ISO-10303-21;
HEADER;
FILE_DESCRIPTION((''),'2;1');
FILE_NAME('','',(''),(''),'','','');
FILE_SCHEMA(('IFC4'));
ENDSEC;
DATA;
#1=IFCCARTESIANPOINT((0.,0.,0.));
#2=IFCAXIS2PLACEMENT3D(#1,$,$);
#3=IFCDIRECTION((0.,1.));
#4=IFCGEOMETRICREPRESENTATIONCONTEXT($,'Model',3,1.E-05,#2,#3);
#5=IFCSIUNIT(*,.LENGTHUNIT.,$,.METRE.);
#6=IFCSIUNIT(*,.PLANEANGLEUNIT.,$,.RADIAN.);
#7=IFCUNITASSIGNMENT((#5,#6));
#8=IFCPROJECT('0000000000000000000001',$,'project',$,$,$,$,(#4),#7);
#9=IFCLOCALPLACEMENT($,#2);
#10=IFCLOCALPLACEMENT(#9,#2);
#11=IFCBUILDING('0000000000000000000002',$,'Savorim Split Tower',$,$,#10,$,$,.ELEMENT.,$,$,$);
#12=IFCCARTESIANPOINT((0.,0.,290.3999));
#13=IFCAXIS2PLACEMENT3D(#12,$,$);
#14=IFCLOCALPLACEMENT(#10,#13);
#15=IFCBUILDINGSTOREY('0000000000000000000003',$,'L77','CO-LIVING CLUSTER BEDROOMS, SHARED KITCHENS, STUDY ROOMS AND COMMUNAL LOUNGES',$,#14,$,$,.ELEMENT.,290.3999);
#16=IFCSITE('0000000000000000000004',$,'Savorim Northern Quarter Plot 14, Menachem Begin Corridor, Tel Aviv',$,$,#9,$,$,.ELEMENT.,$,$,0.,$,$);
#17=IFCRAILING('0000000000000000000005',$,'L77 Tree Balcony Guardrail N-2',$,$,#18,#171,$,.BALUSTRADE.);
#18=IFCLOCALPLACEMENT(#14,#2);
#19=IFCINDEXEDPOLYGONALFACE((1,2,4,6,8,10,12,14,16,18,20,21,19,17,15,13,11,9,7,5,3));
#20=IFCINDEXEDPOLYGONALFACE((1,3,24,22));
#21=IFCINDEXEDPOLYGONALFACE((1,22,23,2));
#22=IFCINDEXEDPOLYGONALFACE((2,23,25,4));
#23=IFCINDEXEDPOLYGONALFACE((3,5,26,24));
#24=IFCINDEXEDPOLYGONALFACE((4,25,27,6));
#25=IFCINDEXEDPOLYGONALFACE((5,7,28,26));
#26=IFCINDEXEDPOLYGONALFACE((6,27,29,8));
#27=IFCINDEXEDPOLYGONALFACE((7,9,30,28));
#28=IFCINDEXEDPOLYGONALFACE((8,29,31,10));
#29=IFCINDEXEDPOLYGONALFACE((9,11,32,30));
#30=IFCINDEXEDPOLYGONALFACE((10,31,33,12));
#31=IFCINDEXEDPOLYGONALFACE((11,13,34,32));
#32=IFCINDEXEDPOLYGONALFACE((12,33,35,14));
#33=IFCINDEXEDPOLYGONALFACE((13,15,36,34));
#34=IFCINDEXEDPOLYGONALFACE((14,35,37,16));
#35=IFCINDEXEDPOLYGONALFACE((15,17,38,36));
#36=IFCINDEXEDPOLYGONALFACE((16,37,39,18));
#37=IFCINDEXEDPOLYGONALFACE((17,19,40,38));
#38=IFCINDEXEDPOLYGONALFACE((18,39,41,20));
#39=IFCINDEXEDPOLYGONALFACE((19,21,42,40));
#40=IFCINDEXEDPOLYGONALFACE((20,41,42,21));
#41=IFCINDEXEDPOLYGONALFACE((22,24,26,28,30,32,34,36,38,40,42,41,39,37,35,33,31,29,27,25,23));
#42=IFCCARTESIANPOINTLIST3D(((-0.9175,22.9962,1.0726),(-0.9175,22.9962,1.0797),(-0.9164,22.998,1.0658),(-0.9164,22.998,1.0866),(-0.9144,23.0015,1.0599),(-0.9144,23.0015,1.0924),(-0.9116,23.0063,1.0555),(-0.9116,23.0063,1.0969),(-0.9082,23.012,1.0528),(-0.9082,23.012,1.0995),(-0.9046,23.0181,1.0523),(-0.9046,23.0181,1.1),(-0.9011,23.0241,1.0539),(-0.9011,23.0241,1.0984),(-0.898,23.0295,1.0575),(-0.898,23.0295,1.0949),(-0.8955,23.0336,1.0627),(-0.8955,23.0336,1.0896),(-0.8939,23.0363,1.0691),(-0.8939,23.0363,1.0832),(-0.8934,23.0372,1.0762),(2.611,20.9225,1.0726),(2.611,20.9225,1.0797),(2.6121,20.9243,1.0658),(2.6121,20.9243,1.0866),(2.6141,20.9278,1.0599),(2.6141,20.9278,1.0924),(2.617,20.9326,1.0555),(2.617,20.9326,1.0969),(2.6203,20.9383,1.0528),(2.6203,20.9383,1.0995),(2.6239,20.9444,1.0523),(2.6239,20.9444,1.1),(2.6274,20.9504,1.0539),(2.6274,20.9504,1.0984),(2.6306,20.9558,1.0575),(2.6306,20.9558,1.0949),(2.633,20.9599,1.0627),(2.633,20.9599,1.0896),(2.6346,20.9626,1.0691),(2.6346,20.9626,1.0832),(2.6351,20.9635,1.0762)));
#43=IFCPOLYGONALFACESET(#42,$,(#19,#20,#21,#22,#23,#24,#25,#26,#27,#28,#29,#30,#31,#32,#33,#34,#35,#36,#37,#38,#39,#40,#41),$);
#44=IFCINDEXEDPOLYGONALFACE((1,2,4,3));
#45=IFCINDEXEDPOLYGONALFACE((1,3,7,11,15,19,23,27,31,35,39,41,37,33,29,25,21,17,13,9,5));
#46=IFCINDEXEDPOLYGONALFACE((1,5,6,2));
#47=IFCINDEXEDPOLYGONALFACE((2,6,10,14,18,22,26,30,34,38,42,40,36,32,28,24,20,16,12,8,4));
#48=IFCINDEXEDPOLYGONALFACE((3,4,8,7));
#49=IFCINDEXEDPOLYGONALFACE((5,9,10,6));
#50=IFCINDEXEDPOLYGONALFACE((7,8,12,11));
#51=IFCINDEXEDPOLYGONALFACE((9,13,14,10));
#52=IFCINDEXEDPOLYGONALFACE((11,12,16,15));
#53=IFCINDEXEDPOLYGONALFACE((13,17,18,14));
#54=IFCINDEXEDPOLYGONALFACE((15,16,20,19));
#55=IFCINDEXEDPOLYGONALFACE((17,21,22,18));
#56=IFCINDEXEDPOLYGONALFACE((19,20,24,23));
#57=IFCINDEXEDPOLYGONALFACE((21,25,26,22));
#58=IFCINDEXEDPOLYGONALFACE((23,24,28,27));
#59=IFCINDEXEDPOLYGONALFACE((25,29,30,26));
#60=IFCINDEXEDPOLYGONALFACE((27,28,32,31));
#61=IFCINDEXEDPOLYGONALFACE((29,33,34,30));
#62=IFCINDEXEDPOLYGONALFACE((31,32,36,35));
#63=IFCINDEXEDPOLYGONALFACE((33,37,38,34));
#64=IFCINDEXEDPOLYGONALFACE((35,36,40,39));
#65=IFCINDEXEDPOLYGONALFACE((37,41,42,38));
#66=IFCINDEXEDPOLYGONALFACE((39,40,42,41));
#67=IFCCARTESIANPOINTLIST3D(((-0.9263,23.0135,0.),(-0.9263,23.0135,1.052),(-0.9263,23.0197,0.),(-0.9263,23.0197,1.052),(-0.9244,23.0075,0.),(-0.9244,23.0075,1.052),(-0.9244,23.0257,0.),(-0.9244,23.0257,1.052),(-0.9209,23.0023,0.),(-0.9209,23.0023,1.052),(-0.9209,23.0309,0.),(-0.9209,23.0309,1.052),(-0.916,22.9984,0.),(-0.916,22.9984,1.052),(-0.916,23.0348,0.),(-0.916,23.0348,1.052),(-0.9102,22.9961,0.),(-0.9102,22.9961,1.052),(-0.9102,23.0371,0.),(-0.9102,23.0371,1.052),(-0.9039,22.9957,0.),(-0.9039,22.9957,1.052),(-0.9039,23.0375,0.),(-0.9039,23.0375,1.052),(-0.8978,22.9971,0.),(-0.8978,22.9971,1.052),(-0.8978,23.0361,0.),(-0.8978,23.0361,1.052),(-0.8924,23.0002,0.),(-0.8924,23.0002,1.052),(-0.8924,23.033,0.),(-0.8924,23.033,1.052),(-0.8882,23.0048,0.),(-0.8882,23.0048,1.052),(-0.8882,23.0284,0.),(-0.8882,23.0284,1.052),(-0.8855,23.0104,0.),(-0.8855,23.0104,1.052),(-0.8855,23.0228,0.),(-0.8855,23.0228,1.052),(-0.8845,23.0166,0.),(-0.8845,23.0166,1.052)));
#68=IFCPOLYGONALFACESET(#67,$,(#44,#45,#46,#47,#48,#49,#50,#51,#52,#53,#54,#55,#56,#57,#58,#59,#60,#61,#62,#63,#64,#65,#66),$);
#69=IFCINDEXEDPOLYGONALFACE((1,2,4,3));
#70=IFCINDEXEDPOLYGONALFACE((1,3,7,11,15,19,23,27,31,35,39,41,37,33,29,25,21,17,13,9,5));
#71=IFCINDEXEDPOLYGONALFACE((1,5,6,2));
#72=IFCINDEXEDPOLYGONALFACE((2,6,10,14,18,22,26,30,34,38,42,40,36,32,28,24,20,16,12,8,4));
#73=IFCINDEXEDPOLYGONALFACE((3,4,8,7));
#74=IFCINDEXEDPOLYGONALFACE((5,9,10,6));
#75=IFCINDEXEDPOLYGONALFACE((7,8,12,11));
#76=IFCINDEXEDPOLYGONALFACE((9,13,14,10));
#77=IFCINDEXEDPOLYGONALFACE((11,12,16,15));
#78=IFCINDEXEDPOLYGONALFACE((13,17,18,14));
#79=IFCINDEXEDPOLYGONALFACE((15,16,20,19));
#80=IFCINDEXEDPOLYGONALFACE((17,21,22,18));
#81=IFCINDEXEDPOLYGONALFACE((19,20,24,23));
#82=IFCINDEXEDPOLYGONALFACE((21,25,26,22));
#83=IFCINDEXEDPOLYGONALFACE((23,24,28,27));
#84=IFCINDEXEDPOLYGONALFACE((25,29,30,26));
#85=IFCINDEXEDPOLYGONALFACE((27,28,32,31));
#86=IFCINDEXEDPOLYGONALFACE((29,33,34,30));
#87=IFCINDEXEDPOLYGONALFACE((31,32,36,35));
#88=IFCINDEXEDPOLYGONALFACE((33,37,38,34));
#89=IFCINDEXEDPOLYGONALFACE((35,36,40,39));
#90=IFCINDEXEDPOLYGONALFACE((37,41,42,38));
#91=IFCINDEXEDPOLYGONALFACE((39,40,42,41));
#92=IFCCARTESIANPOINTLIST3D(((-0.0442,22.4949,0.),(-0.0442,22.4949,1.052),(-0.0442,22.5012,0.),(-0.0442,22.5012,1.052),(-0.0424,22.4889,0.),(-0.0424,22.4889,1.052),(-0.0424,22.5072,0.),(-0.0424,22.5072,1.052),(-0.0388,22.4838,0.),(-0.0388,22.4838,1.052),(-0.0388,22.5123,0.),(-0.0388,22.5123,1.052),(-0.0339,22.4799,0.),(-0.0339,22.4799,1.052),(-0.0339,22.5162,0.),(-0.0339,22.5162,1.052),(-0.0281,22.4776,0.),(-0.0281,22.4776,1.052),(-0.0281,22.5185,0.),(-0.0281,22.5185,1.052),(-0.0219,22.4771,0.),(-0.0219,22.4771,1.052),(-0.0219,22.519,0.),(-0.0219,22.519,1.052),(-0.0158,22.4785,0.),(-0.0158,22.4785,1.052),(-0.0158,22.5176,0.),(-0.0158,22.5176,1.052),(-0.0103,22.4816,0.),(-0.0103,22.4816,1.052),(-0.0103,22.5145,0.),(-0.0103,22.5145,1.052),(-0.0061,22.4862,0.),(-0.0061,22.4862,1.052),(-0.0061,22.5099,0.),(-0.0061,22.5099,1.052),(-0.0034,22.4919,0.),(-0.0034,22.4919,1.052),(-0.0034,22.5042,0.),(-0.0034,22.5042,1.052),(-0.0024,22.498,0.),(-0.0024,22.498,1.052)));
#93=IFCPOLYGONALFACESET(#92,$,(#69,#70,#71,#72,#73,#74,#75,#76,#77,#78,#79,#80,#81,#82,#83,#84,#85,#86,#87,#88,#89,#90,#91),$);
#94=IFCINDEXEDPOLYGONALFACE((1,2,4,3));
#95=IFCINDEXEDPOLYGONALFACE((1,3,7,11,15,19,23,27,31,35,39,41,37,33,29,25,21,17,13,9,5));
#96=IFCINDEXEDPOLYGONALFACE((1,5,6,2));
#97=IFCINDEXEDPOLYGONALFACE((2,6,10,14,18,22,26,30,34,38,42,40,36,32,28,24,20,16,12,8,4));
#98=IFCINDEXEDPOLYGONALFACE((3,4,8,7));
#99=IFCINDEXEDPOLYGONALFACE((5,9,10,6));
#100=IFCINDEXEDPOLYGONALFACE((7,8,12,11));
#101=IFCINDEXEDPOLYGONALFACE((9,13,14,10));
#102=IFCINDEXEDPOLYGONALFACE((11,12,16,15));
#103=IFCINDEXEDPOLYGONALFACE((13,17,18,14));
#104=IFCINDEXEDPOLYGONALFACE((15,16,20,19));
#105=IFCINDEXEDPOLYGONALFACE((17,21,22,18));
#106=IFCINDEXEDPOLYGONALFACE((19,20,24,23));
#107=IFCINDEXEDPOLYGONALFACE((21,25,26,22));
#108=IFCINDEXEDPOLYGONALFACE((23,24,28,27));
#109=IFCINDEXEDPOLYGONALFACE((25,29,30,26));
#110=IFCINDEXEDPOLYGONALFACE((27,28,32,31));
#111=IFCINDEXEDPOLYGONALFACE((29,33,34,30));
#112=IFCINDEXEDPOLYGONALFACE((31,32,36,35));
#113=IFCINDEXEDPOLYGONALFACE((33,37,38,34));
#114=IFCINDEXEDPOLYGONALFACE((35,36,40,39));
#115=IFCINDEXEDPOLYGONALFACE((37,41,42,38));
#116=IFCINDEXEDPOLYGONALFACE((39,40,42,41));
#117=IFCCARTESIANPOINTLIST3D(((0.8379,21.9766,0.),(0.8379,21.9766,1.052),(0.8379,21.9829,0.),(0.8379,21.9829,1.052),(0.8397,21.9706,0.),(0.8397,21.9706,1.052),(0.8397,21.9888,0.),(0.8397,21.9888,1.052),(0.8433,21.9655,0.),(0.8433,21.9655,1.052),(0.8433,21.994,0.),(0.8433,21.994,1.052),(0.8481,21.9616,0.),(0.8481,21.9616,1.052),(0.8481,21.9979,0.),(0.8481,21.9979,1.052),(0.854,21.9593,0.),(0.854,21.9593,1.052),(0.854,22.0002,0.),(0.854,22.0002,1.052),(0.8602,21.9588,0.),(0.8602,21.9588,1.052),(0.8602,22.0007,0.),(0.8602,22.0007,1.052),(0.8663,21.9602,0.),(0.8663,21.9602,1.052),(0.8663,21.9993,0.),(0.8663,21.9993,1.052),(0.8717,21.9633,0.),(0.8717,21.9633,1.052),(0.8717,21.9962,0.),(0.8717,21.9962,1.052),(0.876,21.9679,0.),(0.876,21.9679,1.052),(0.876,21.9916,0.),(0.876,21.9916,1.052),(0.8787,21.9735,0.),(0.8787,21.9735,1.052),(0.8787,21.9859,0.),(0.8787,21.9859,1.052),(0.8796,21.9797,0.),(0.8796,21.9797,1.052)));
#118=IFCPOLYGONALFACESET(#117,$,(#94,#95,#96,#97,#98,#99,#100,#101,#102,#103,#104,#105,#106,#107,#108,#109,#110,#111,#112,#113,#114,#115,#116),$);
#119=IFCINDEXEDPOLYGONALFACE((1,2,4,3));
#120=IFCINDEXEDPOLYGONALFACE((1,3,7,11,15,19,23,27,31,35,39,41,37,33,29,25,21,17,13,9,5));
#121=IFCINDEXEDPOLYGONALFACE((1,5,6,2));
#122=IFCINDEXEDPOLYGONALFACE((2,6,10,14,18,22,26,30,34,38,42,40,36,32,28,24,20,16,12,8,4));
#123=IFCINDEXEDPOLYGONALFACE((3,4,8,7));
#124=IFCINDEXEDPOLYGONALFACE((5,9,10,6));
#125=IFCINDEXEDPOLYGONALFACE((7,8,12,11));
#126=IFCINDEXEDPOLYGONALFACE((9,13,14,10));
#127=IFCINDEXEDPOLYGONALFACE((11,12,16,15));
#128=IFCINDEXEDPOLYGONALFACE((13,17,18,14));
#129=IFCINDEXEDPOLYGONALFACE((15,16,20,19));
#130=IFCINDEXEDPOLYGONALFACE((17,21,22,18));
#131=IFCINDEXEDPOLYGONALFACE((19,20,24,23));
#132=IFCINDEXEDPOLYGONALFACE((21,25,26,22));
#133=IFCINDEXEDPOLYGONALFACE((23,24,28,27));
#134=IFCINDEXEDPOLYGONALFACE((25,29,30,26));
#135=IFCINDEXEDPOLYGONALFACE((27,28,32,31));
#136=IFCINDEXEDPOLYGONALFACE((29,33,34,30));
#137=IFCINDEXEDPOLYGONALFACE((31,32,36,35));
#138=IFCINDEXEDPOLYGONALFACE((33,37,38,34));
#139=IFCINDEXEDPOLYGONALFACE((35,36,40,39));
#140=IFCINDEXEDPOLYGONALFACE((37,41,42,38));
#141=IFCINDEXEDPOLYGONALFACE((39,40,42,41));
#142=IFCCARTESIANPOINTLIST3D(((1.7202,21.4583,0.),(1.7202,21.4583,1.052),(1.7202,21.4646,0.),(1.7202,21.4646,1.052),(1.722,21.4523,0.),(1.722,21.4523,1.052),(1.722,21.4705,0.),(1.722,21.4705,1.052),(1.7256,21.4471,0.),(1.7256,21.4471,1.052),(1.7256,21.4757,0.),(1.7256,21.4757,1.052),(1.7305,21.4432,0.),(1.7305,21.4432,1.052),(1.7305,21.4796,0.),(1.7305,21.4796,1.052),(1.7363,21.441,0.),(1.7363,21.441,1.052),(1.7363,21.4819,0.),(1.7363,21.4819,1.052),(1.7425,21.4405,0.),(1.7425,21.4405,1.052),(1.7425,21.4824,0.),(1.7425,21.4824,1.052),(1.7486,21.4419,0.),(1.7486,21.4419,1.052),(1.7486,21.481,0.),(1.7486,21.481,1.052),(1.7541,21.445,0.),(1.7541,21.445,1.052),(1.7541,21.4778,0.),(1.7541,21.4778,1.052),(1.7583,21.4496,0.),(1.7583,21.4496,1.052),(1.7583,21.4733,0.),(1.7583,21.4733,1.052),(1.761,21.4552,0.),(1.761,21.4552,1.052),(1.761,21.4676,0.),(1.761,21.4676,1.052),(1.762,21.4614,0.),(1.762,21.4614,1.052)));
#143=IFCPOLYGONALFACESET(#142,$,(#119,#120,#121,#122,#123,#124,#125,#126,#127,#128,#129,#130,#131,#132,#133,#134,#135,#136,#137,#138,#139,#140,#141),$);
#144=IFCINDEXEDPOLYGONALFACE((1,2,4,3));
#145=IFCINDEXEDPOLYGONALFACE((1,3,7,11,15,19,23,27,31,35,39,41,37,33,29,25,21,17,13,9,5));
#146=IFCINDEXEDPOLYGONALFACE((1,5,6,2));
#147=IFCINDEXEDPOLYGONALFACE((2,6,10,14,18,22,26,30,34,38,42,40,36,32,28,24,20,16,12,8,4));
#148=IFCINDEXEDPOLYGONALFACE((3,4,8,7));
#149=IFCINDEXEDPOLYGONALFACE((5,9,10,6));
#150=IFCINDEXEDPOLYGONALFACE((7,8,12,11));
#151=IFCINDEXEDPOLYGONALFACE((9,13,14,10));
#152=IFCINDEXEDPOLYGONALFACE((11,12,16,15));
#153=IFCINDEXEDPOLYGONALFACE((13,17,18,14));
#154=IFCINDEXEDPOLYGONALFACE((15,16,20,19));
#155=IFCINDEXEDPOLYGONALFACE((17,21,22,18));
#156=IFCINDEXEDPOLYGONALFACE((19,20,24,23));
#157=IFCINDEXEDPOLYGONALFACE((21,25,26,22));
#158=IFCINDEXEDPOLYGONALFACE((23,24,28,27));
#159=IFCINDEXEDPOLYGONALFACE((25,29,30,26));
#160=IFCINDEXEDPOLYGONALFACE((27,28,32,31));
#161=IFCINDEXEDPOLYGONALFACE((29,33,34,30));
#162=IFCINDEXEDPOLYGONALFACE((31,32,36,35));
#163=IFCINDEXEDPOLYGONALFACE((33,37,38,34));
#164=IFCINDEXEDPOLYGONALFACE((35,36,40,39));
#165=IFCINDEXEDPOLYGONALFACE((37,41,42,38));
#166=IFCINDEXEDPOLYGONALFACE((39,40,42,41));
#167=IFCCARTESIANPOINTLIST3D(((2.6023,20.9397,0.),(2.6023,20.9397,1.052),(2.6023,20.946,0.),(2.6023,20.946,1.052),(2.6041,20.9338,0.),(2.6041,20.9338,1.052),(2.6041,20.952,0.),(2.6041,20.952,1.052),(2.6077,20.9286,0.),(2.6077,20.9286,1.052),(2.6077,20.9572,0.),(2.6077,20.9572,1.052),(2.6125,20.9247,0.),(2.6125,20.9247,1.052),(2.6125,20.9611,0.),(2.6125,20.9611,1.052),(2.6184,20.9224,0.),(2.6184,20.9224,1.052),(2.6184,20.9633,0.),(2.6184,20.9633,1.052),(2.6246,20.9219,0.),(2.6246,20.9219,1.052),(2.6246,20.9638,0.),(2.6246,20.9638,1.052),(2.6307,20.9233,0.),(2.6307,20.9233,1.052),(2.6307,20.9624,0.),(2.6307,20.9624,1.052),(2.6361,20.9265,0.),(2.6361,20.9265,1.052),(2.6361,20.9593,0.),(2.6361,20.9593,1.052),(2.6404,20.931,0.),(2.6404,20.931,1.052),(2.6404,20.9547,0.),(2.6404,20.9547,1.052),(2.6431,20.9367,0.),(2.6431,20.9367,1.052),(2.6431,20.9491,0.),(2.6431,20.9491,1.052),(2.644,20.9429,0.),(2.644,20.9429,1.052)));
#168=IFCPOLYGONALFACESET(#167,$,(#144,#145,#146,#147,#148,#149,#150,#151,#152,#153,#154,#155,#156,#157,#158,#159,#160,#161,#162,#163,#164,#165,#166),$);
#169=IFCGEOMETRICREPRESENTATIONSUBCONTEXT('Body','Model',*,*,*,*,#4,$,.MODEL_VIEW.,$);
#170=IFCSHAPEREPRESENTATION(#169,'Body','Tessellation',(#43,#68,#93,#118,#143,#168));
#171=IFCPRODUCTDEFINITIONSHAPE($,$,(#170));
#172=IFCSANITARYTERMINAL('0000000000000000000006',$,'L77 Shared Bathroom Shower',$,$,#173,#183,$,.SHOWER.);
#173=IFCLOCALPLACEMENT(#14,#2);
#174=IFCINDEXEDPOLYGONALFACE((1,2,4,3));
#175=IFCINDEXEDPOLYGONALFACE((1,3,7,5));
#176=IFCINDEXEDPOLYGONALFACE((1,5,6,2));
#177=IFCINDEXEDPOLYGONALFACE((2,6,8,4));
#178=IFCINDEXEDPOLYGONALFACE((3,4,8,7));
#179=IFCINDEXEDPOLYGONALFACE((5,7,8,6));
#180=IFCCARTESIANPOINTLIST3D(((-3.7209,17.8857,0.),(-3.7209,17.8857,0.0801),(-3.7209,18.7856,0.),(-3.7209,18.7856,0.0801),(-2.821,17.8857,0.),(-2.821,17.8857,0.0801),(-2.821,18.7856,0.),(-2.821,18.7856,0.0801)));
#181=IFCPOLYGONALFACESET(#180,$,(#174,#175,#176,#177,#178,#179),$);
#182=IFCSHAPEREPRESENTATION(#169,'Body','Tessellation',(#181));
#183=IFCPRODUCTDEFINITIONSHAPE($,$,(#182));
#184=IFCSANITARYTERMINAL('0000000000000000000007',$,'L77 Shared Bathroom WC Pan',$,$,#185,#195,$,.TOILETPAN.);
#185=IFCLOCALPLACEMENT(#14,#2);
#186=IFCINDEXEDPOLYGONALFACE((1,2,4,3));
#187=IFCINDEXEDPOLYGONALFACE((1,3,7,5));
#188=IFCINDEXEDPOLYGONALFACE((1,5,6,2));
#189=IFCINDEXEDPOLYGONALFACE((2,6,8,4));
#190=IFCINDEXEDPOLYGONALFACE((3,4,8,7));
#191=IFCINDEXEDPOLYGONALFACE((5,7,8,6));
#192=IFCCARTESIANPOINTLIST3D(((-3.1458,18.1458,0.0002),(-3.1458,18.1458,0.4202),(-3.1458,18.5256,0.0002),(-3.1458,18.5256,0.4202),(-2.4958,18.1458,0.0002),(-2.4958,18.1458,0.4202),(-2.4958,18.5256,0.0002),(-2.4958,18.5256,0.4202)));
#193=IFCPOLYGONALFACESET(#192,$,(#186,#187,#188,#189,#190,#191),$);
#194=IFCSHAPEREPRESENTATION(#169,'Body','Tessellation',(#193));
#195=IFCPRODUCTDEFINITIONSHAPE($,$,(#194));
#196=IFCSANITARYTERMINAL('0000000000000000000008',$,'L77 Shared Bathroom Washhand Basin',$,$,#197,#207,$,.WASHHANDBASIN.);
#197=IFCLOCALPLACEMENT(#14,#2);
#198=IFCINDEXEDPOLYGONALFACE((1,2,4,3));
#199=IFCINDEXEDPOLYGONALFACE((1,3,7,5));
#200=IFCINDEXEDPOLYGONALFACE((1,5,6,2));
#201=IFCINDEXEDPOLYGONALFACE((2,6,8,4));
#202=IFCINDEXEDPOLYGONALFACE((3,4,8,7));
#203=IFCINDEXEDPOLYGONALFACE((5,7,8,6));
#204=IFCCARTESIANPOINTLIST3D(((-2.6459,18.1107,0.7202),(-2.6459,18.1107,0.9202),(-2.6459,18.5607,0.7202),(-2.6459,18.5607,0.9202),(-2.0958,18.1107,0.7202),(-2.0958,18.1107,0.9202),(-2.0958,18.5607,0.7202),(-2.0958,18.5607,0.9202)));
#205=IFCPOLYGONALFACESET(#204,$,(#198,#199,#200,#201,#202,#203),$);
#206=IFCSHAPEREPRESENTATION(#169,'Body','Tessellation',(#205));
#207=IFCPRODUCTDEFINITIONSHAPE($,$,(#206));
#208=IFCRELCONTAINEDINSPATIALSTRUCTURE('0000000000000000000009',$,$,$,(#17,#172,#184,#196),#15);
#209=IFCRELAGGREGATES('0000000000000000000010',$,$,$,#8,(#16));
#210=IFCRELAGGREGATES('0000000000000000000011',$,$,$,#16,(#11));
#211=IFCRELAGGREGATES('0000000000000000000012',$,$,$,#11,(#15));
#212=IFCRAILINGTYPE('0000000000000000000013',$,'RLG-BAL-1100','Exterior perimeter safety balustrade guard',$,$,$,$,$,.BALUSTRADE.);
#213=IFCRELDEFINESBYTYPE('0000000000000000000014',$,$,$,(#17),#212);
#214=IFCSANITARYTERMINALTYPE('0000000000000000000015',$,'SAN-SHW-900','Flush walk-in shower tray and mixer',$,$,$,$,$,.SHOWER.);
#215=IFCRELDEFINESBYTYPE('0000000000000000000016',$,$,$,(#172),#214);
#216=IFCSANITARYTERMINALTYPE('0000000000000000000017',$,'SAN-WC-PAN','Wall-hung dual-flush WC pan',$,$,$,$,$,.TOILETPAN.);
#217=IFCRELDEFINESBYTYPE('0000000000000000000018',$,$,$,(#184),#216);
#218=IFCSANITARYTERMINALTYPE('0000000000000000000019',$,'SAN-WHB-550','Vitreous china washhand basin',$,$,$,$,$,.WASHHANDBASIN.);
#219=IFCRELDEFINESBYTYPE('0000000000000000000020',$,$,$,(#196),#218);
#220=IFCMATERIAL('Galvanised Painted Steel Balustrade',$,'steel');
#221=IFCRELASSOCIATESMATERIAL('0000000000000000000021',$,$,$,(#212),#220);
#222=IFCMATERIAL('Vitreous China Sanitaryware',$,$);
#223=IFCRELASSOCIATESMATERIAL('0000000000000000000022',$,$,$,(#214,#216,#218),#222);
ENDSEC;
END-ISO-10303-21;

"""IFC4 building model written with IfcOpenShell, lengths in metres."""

from ifc_helpers import new_model, si_unit, direction, frame, origin, origin_2d, place, context, subcontext, project, spatial, rectangle, circle, extrude, material, type_object, element, save


model = new_model("IFC4")

# Units and contexts
model_context = context("Model", 3, precision=1e-05, world=origin(), true_north=direction((0.0, 1.0)))
body_context = subcontext(model_context, "Body", "Model", "MODEL_VIEW")
ifc_project = project(units=[si_unit("LENGTHUNIT", "METRE"), si_unit("PLANEANGLEUNIT", "RADIAN")], contexts=[model_context])

# Site, building, storey
site_placement = place(None, origin())
site = spatial("IfcSite", under=ifc_project, at=site_placement, Name="Savorim Northern Quarter Plot 14, Menachem Begin Corridor, Tel Aviv", CompositionType="ELEMENT", RefElevation=0.0)
building_placement = place(site_placement, origin())
building = spatial("IfcBuilding", under=site, at=building_placement, Name="Savorim Split Tower", CompositionType="ELEMENT")
storey_placement = place(building_placement, frame((0.0, 0.0, 290.3999)))
storey = spatial("IfcBuildingStorey", under=building, at=storey_placement, Name="L77", Description="CO-LIVING CLUSTER BEDROOMS, SHARED KITCHENS, STUDY ROOMS AND COMMUNAL LOUNGES", CompositionType="ELEMENT", Elevation=290.3999)

# Railing
ifc_material_1 = material(Name="Galvanised Painted Steel Balustrade", Category="steel")
railing_type = type_object("IfcRailingType", Name="RLG-BAL-1100", Description="Exterior perimeter safety balustrade guard", PredefinedType="BALUSTRADE", material=ifc_material_1)
railing_1_placement = place(storey_placement, frame((-0.9055, 23.0166, 0.0)))
element("IfcRailing", 1, at=railing_1_placement, inside=storey, type_object=railing_type, Name="L77 Tree Balcony Guardrail N-2", PredefinedType="BALUSTRADE", context=body_context, shape_type="SweptSolid", body=[
    extrude(circle(Radius=0.0239, at=origin_2d()), frame((0.0, 0.0, 1.0762), z_axis=(0.862137, -0.506676, 0.0), x_axis=(0.506676, 0.862137, 0.0)), (0.0, 0.0, 1.0), 4.0928),
    extrude(circle(Radius=0.021, at=origin_2d()), origin(), (0.0, 0.0, 1.0), 1.052),
    extrude(circle(Radius=0.021, at=origin_2d()), frame((0.8821, -0.5186, 0.0)), (0.0, 0.0, 1.0), 1.052),
    extrude(circle(Radius=0.021, at=origin_2d()), frame((1.7642, -1.0369, 0.0)), (0.0, 0.0, 1.0), 1.052),
    extrude(circle(Radius=0.021, at=origin_2d()), frame((2.6465, -1.5552, 0.0)), (0.0, 0.0, 1.0), 1.052),
    extrude(circle(Radius=0.021, at=origin_2d()), frame((3.5286, -2.0737, 0.0)), (0.0, 0.0, 1.0), 1.052),
])

# Sanitary terminals
ifc_material_2 = material(Name="Vitreous China Sanitaryware")
sanitary_terminal_type_1 = type_object("IfcSanitaryTerminalType", Name="SAN-SHW-900", Description="Flush walk-in shower tray and mixer", PredefinedType="SHOWER", material=ifc_material_2)
sanitary_terminal_1_placement = place(storey_placement, frame((-3.271, 18.3357, 0.0), z_axis=(0.0, 0.0, 1.0), x_axis=(1.0, 0.0, 0.0)))
element("IfcSanitaryTerminal", 2, at=sanitary_terminal_1_placement, inside=storey, type_object=sanitary_terminal_type_1, Name="L77 Shared Bathroom Shower", PredefinedType="SHOWER", context=body_context, shape_type="SweptSolid", body=[
    extrude(rectangle(XDim=0.8999, YDim=0.8999, at=origin_2d()), origin(), (0.0, 0.0, 1.0), 0.0801),
])
sanitary_terminal_type_2 = type_object("IfcSanitaryTerminalType", Name="SAN-WC-PAN", Description="Wall-hung dual-flush WC pan", PredefinedType="TOILETPAN", material=ifc_material_2)
sanitary_terminal_2_placement = place(storey_placement, frame((-2.8208, 18.3357, 0.0002), z_axis=(0.0, 0.0, 1.0), x_axis=(1.0, 0.0, 0.0)))
element("IfcSanitaryTerminal", 3, at=sanitary_terminal_2_placement, inside=storey, type_object=sanitary_terminal_type_2, Name="L77 Shared Bathroom WC Pan", PredefinedType="TOILETPAN", context=body_context, shape_type="SweptSolid", body=[
    extrude(rectangle(XDim=0.6499, YDim=0.3799, at=origin_2d()), origin(), (0.0, 0.0, 1.0), 0.4199),
])
sanitary_terminal_type_3 = type_object("IfcSanitaryTerminalType", Name="SAN-WHB-550", Description="Vitreous china washhand basin", PredefinedType="WASHHANDBASIN", material=ifc_material_2)
sanitary_terminal_3_placement = place(storey_placement, frame((-2.3708, 18.3357, 0.7202), z_axis=(0.0, 0.0, 1.0), x_axis=(1.0, 0.0, 0.0)))
element("IfcSanitaryTerminal", 4, at=sanitary_terminal_3_placement, inside=storey, type_object=sanitary_terminal_type_3, Name="L77 Shared Bathroom Washhand Basin", PredefinedType="WASHHANDBASIN", context=body_context, shape_type="SweptSolid", body=[
    extrude(rectangle(XDim=0.55, YDim=0.45, at=origin_2d()), origin(), (0.0, 0.0, 1.0), 0.2),
])

save(model, "model.ifc")
